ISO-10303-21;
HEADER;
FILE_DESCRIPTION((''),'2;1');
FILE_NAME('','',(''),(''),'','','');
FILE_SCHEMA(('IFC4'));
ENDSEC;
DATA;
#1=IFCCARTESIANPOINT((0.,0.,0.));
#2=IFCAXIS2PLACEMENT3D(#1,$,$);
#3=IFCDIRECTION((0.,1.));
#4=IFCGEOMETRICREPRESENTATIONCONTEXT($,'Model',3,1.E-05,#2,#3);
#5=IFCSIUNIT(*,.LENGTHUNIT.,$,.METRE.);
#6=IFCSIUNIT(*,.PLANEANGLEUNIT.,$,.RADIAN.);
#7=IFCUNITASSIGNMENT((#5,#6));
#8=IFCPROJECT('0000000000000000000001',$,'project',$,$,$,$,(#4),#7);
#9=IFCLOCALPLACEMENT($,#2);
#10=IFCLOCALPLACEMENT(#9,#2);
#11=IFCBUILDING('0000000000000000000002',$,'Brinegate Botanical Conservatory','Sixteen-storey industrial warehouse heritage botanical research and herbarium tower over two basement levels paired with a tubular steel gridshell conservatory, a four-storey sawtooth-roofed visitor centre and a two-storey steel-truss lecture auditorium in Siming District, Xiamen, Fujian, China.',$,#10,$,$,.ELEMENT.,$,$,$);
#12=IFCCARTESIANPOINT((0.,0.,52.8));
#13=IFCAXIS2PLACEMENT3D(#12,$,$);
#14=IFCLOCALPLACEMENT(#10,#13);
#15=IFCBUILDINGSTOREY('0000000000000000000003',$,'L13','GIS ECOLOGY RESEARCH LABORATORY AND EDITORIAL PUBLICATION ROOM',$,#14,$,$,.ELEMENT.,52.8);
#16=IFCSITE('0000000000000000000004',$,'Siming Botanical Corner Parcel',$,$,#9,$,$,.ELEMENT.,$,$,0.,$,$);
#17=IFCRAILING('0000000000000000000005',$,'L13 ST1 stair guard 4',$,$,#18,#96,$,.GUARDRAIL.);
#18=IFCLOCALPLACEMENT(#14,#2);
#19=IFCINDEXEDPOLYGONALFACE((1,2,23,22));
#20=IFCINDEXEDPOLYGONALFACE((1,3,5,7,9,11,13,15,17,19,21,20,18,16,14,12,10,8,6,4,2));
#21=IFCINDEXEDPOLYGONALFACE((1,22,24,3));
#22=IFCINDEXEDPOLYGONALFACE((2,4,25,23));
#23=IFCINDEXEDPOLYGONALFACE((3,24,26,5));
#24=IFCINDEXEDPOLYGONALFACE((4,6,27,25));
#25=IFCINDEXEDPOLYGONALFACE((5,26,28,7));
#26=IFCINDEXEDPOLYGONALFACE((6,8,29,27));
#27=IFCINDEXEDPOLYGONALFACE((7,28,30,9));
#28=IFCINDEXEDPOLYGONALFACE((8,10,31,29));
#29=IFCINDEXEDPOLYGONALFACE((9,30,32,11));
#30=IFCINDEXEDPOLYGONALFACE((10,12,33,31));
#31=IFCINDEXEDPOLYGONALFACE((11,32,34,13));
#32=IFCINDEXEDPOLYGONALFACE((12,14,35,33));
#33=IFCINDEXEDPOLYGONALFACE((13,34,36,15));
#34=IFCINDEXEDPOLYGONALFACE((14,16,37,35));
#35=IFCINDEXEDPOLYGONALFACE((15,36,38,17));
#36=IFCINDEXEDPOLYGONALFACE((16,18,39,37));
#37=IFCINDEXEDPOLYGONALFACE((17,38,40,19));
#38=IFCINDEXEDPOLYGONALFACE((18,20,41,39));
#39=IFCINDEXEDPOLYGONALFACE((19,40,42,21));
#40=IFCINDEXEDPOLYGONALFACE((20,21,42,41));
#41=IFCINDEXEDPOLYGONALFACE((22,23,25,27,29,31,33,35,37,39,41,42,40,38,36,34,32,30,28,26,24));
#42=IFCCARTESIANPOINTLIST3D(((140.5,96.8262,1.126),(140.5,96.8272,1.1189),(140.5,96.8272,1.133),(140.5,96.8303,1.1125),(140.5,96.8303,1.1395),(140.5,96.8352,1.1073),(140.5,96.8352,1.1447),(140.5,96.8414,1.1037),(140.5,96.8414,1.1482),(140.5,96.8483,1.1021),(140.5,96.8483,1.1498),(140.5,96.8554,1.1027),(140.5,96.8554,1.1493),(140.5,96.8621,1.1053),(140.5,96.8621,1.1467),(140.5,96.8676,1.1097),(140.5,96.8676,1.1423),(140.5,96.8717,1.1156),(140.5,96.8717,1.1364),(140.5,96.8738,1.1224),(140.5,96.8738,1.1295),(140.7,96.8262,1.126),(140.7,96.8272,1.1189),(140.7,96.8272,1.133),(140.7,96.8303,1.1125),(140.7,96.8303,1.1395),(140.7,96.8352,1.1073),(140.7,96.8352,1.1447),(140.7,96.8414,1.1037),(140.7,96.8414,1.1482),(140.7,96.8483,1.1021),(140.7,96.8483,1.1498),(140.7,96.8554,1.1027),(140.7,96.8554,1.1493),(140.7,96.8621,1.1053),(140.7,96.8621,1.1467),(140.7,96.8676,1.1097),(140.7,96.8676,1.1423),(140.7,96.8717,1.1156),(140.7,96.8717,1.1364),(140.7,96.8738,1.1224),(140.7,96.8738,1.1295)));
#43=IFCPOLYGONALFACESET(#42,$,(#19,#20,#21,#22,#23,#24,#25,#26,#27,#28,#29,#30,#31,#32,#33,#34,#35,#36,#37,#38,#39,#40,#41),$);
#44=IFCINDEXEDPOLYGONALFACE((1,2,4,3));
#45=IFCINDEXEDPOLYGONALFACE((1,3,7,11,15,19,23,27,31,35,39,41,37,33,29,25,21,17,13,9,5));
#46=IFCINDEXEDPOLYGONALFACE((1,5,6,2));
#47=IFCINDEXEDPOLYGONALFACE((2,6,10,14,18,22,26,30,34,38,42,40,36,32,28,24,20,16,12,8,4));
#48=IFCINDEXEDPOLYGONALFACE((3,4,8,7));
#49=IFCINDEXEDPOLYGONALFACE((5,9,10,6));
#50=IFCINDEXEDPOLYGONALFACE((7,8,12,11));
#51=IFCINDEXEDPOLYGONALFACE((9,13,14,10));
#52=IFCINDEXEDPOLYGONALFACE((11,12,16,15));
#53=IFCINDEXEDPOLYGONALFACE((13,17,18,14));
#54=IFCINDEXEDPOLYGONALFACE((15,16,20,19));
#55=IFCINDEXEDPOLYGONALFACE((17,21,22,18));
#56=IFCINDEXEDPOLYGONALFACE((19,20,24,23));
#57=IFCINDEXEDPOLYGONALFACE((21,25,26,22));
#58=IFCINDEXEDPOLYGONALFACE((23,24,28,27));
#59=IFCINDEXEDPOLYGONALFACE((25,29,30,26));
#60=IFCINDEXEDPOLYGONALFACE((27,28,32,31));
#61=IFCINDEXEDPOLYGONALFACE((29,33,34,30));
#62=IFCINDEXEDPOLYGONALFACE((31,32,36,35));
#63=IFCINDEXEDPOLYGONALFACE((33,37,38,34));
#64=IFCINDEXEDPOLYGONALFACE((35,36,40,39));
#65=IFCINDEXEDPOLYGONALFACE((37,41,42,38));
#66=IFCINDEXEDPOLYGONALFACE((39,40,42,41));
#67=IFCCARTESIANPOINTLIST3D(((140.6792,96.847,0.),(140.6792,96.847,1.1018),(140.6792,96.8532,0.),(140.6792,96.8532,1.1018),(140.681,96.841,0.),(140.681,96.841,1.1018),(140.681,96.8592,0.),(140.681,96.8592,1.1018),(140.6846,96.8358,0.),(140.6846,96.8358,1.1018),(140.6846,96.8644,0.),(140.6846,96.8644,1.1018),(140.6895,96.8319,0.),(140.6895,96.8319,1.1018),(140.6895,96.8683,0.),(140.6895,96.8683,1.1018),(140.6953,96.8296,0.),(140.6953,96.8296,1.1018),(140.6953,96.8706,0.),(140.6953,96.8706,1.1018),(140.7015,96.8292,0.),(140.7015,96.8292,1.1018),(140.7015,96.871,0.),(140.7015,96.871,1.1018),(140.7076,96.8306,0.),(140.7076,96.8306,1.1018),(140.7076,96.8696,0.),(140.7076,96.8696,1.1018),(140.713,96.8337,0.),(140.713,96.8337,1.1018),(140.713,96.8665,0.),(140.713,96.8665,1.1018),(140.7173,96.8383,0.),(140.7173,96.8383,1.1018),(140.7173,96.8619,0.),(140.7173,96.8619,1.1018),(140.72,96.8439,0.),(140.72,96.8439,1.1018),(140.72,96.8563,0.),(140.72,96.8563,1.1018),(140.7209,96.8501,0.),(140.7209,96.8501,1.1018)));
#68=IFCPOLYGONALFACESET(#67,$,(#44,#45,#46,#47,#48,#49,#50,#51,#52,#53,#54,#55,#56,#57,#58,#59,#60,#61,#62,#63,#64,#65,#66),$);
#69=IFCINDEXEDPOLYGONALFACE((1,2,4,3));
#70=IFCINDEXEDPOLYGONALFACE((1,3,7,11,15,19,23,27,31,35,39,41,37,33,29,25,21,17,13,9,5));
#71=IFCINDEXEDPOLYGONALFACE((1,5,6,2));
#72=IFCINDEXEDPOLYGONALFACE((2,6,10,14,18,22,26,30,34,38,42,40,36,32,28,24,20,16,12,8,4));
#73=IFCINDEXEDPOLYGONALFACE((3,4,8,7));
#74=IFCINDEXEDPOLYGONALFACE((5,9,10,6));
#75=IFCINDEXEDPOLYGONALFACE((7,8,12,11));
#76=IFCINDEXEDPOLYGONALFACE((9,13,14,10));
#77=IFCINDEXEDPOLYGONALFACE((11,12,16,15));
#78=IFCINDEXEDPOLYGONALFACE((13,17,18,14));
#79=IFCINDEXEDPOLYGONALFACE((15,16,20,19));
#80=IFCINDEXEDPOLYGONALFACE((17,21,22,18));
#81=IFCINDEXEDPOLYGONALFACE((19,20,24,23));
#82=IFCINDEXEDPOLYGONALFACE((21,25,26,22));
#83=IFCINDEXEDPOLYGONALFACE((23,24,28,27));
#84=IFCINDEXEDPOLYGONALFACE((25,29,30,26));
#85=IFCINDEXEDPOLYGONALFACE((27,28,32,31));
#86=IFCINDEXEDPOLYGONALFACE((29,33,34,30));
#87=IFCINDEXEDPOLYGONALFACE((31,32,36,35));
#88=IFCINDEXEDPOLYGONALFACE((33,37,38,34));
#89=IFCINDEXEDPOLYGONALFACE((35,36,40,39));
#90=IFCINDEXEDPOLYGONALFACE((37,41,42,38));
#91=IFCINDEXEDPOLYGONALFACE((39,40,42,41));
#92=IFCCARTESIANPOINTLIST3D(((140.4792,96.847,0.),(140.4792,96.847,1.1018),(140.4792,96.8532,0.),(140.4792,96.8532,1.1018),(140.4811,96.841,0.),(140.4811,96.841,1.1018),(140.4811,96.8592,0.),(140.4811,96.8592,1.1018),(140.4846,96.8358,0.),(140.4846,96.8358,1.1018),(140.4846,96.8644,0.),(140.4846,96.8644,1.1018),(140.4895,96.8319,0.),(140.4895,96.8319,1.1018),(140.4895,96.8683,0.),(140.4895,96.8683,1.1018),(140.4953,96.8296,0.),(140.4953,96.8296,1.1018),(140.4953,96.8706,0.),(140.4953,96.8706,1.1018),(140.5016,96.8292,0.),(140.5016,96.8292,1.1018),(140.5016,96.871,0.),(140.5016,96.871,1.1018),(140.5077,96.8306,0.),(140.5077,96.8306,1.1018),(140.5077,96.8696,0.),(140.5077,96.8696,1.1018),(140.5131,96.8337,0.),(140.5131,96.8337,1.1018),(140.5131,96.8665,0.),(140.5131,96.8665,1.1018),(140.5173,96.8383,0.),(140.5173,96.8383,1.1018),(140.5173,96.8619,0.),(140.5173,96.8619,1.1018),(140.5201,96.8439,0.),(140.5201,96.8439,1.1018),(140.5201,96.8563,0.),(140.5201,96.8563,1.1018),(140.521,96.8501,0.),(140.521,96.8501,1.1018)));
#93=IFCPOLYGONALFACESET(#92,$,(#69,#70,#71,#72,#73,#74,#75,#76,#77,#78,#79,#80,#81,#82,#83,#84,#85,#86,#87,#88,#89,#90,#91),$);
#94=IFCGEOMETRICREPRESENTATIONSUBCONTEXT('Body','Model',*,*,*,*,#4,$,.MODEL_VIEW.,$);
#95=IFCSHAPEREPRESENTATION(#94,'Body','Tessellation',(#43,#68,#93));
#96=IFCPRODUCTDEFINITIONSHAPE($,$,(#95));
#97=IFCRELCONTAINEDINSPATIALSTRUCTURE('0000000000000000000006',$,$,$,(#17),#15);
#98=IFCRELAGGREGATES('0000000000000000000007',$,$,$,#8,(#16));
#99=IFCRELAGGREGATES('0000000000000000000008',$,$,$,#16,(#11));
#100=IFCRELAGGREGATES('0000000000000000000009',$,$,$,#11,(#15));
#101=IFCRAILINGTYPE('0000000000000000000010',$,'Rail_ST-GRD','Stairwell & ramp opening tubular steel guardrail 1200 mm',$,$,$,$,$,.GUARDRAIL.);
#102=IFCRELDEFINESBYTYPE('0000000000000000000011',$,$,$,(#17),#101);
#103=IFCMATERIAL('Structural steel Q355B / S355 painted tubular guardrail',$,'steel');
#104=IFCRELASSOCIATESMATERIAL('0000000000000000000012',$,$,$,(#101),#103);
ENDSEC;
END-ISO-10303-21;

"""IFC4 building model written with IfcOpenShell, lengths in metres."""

from ifc_helpers import new_model, si_unit, direction, frame, origin, origin_2d, place, context, subcontext, project, spatial, circle, extrude, material, type_object, element, save


model = new_model("IFC4")

# Units and contexts
model_context = context("Model", 3, precision=1e-05, world=origin(), true_north=direction((0.0, 1.0)))
body_context = subcontext(model_context, "Body", "Model", "MODEL_VIEW")
ifc_project = project(units=[si_unit("LENGTHUNIT", "METRE"), si_unit("PLANEANGLEUNIT", "RADIAN")], contexts=[model_context])

# Site, building, storey
site_placement = place(None, origin())
site = spatial("IfcSite", under=ifc_project, at=site_placement, Name="Siming Botanical Corner Parcel", CompositionType="ELEMENT", RefElevation=0.0)
building_placement = place(site_placement, origin())
building = spatial("IfcBuilding", under=site, at=building_placement, Name="Brinegate Botanical Conservatory", Description="Sixteen-storey industrial warehouse heritage botanical research and herbarium tower over two basement levels paired with a tubular steel gridshell conservatory, a four-storey sawtooth-roofed visitor centre and a two-storey steel-truss lecture auditorium in Siming District, Xiamen, Fujian, China.", CompositionType="ELEMENT")
storey_placement = place(building_placement, frame((0.0, 0.0, 52.8)))
storey = spatial("IfcBuildingStorey", under=building, at=storey_placement, Name="L13", Description="GIS ECOLOGY RESEARCH LABORATORY AND EDITORIAL PUBLICATION ROOM", CompositionType="ELEMENT", Elevation=52.8)

# Railing
ifc_material_1 = material(Name="Structural steel Q355B / S355 painted tubular guardrail", Category="steel")
railing_type_1 = type_object("IfcRailingType", Name="Rail_ST-GRD", Description="Stairwell & ramp opening tubular steel guardrail 1200 mm", PredefinedType="GUARDRAIL", material=ifc_material_1)
railing_1_placement = place(storey_placement, frame((140.7, 96.8501, 0.0)))
element("IfcRailing", 1, at=railing_1_placement, inside=storey, type_object=railing_type_1, Name="L13 ST1 stair guard 4", PredefinedType="GUARDRAIL", context=body_context, shape_type="SweptSolid", body=[
    extrude(circle(Radius=0.0239, at=origin_2d()), frame((0.0, 0.0, 1.126), z_axis=(-1.0, 0.0, 0.0), x_axis=(0.0, -1.0, 0.0)), (0.0, 0.0, 1.0), 0.2),
    extrude(circle(Radius=0.021, at=origin_2d()), origin(), (0.0, 0.0, 1.0), 1.1018),
    extrude(circle(Radius=0.021, at=origin_2d()), frame((-0.2, 0.0, 0.0)), (0.0, 0.0, 1.0), 1.1018),
])

save(model, "model.ifc")
